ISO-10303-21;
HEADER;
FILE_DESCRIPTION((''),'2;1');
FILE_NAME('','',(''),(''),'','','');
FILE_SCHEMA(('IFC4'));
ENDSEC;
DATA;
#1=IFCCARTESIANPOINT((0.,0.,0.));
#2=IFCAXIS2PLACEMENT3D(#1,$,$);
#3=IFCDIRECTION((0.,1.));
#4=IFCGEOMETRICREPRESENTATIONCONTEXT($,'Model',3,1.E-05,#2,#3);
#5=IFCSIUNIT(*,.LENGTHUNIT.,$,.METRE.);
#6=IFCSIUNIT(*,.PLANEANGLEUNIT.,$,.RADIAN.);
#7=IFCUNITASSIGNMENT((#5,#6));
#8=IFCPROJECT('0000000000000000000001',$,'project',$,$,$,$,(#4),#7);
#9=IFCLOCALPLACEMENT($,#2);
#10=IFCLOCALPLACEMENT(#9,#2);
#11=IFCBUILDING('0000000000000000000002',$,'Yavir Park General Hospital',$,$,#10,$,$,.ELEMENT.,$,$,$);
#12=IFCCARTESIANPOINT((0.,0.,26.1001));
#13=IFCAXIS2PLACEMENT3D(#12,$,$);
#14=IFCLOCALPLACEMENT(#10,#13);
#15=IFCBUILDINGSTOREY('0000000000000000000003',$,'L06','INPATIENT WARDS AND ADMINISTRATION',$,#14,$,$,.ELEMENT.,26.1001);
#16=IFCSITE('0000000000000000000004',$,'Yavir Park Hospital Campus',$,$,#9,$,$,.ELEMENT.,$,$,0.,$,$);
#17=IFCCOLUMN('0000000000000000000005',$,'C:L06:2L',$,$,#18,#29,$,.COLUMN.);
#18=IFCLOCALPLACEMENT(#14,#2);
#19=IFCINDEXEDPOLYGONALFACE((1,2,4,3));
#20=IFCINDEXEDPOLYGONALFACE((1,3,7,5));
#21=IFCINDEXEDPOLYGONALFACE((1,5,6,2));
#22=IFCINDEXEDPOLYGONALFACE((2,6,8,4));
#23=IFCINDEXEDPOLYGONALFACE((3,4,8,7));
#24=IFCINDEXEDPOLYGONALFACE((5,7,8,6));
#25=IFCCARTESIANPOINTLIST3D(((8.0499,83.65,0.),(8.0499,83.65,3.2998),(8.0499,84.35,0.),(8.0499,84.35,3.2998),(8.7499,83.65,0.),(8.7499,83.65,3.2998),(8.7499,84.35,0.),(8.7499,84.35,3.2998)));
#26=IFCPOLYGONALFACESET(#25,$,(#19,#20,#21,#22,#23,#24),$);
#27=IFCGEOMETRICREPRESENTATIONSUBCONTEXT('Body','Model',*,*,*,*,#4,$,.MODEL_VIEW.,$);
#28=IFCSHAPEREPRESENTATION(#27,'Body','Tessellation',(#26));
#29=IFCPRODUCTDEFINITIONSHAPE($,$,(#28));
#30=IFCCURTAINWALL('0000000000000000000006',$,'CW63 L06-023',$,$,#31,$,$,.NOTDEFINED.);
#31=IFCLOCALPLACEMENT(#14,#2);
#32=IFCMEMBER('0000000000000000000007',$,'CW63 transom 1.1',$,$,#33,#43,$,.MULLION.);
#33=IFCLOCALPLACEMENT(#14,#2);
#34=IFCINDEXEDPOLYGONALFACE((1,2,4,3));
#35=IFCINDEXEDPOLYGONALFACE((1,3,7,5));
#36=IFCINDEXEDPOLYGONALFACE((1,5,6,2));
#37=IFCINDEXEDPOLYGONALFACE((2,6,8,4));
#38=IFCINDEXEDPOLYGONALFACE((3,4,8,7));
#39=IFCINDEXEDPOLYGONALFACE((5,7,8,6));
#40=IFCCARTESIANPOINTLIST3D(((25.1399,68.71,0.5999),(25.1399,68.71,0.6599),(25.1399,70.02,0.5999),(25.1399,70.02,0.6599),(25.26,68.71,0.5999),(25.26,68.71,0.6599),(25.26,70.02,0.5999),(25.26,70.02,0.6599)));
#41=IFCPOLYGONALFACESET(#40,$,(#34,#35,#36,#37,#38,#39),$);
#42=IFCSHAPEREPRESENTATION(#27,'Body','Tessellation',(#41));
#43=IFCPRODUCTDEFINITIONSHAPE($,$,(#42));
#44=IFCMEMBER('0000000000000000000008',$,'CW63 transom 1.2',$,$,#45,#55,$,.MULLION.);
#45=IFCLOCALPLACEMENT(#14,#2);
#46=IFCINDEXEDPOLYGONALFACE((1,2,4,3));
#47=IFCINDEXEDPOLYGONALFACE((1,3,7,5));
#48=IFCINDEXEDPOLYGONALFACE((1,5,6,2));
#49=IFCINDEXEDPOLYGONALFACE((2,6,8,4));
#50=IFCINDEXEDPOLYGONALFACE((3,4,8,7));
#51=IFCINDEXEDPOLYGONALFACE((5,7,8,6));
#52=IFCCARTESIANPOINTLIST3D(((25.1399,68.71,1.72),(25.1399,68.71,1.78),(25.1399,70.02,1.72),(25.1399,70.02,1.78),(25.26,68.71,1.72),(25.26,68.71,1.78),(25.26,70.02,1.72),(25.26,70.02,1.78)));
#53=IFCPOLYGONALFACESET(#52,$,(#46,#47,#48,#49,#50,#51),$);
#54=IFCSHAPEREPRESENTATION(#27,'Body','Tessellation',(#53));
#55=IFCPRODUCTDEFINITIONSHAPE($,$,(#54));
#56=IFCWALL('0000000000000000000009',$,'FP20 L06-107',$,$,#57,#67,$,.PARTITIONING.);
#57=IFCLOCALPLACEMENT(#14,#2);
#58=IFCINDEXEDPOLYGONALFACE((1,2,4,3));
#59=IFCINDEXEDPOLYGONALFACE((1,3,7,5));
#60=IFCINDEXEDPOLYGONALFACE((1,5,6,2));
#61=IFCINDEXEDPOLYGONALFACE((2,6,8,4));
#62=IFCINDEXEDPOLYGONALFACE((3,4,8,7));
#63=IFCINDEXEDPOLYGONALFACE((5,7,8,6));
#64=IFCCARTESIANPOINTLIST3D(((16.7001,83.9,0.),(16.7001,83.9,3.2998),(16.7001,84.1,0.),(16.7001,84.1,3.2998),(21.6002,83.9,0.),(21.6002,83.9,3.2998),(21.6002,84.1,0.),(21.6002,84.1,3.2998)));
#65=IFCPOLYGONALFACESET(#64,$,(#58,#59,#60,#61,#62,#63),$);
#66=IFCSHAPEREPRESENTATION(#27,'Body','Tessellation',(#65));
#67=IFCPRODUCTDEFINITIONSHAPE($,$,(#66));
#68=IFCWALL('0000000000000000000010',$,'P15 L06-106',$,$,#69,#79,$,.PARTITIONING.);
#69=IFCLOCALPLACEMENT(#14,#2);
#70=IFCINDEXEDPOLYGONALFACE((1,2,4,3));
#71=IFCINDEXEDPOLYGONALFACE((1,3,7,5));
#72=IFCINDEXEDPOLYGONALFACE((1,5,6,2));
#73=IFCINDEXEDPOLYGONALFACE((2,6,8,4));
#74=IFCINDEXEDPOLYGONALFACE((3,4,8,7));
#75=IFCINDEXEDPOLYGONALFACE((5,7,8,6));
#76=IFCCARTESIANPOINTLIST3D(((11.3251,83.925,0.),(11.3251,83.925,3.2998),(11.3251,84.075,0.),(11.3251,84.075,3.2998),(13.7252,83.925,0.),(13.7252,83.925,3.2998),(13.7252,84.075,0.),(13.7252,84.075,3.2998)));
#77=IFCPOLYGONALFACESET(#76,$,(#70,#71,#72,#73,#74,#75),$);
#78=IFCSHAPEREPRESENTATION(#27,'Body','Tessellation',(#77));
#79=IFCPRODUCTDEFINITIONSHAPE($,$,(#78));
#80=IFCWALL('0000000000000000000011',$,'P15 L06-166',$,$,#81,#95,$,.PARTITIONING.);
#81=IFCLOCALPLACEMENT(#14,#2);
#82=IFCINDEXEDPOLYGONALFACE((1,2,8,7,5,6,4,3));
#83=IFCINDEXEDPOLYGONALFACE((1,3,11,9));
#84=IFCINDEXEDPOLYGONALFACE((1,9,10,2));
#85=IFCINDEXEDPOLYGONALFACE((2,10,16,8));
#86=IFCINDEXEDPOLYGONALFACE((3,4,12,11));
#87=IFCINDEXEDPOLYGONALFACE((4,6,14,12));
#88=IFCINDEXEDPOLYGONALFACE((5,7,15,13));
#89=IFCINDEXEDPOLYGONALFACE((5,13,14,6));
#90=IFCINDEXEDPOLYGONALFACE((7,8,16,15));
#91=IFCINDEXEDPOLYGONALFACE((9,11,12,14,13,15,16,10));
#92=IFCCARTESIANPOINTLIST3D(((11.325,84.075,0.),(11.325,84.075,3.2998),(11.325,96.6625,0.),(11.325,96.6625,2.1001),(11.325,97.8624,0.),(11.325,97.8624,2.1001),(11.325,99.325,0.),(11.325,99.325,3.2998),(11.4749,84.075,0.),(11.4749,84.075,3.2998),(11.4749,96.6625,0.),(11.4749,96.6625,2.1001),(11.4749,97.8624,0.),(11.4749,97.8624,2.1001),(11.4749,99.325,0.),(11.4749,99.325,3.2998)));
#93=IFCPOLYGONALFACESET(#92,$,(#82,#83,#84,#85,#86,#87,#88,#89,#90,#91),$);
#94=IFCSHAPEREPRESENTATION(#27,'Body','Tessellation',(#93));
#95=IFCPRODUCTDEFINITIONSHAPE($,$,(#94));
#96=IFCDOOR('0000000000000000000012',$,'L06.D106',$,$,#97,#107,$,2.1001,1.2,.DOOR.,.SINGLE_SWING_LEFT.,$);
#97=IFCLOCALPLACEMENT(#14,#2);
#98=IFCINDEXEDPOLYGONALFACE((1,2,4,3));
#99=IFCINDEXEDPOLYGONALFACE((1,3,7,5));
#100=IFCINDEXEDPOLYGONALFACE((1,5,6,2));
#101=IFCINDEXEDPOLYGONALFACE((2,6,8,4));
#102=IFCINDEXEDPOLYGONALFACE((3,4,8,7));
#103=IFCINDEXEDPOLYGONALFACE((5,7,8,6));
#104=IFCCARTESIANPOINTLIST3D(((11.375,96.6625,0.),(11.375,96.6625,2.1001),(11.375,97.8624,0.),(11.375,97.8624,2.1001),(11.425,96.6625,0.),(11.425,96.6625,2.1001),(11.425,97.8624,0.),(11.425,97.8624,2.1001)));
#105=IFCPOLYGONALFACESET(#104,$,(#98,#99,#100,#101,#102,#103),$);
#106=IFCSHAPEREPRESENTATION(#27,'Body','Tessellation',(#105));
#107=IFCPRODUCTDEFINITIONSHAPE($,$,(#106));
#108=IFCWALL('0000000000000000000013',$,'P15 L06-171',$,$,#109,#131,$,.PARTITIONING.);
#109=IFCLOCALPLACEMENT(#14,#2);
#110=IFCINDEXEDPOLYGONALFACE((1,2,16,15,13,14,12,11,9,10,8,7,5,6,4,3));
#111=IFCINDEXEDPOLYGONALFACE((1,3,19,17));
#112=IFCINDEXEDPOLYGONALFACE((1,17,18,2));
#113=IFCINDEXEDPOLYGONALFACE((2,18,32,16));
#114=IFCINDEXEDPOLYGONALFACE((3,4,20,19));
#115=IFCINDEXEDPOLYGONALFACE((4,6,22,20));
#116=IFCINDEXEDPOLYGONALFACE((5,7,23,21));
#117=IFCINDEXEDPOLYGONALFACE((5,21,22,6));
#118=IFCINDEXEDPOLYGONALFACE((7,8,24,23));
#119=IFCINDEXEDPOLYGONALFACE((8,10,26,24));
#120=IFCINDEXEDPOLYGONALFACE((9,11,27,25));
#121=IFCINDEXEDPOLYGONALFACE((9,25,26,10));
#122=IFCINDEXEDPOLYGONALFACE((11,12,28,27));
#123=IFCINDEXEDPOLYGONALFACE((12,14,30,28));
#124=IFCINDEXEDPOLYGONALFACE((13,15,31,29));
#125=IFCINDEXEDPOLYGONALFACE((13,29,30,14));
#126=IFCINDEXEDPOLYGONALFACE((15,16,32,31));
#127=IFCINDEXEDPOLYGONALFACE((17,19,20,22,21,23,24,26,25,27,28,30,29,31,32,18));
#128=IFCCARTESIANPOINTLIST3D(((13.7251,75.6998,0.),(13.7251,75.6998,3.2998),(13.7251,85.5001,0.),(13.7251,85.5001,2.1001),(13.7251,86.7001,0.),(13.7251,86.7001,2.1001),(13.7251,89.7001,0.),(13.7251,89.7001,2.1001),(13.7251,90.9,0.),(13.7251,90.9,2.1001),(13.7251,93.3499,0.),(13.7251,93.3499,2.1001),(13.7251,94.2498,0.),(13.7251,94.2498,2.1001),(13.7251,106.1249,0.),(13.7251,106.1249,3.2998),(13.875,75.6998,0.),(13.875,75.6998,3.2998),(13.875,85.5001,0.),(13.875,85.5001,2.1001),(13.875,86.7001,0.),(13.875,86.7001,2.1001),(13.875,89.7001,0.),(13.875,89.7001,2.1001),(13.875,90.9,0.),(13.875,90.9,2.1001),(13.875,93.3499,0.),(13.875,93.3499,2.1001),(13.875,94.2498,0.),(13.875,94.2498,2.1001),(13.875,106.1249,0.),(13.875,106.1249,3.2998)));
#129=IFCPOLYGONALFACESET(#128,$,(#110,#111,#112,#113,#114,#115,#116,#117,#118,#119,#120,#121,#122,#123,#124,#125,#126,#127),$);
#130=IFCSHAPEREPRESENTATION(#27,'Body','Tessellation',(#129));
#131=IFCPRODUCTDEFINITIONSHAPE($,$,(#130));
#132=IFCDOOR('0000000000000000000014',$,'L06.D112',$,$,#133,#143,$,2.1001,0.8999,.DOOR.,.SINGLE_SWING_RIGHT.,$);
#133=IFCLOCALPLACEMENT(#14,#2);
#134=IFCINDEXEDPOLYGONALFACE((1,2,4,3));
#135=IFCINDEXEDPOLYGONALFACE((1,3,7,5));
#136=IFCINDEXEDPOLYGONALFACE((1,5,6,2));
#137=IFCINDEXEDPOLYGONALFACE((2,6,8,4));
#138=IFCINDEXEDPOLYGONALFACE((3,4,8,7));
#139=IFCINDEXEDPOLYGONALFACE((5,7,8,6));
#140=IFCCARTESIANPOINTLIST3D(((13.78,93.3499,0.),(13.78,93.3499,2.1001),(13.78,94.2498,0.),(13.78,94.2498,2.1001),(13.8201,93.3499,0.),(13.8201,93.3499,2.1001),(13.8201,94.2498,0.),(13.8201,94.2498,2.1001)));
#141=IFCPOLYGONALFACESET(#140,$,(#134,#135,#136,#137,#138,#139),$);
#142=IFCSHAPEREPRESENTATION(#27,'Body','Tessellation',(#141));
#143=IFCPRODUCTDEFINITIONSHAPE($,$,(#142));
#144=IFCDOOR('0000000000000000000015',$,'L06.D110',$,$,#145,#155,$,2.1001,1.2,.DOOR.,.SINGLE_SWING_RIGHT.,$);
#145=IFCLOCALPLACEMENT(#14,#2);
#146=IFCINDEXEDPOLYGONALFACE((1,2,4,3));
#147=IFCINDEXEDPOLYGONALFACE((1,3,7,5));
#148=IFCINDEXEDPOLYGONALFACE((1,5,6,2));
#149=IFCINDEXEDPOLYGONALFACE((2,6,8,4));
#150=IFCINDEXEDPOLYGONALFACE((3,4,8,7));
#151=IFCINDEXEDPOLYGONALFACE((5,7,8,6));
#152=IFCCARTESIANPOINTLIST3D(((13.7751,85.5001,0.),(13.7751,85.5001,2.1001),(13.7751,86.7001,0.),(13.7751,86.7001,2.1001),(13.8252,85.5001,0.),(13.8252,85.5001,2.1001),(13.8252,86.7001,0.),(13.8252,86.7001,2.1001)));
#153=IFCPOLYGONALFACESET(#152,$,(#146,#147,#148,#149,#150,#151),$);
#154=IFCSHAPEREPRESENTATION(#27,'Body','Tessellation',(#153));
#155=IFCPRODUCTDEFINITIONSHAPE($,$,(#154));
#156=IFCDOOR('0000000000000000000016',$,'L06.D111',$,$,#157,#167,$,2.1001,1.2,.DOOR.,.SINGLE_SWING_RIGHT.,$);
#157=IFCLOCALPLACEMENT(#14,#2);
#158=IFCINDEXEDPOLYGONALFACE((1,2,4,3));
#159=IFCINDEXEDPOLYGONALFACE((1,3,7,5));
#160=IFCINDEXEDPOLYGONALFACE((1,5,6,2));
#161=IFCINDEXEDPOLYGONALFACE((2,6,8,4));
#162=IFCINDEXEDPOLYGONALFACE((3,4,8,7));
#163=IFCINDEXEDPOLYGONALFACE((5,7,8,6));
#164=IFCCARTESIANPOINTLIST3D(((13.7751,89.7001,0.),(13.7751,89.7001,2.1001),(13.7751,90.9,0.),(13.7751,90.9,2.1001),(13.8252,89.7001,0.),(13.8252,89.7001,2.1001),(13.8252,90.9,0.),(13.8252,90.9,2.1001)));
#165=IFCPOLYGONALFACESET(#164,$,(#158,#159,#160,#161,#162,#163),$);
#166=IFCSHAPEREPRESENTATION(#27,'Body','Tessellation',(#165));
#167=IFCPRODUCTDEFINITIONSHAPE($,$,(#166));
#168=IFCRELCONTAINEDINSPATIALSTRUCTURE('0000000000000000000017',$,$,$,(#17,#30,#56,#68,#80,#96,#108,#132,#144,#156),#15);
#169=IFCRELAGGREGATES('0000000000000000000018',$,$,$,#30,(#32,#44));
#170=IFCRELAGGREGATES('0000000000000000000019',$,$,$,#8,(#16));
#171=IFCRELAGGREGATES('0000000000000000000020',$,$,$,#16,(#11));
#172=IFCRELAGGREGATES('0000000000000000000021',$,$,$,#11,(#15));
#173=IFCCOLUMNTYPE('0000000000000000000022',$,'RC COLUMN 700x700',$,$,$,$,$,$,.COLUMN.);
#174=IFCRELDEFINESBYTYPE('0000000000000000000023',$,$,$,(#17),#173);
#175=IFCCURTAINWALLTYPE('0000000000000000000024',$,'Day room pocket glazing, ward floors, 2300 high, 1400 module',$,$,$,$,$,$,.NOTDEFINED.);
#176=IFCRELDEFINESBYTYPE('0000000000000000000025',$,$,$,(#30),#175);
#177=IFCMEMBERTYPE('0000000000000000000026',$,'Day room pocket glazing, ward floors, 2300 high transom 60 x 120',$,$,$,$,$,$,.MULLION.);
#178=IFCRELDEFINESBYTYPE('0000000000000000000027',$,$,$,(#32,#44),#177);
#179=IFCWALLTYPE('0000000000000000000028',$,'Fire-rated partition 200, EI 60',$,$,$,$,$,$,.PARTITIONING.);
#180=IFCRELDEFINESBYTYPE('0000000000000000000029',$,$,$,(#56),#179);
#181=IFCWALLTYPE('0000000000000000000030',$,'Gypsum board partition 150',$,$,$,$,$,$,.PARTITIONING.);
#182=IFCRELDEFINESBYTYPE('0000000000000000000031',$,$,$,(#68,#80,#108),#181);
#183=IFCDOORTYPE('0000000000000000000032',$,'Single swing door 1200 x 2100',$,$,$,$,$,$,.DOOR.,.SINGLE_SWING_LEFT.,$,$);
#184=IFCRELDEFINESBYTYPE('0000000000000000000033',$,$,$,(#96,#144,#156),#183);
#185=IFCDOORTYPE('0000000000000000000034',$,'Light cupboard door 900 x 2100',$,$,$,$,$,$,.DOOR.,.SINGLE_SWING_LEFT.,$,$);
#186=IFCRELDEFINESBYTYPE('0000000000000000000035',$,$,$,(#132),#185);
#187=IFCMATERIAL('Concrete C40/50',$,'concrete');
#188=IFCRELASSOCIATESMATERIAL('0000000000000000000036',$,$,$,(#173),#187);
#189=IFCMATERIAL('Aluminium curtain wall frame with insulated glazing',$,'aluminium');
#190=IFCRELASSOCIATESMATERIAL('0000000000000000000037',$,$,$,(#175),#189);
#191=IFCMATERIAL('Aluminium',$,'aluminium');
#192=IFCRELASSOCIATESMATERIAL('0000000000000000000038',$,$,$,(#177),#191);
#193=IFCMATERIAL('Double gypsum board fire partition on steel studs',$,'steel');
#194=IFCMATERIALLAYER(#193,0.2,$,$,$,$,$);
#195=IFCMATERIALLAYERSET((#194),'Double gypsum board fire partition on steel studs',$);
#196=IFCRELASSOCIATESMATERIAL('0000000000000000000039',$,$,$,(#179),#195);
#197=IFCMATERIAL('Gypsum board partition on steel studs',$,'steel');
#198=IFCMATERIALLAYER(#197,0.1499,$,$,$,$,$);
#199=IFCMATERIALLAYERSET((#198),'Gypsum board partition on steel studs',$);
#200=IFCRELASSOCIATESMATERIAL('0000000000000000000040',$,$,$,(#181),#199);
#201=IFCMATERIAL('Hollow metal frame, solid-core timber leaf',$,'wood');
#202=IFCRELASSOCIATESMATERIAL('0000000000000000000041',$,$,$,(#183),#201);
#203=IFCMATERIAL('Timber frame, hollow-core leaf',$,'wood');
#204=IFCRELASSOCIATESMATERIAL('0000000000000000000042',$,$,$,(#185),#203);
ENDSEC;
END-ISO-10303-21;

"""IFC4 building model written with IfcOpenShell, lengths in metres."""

from ifc_helpers import new_model, si_unit, direction, frame, frame_2d, origin, origin_2d, place, context, subcontext, project, spatial, rectangle, extrude, material, layer, layer_set, material_profile, profile_set, type_object, element, fill, aggregate, save


model = new_model("IFC4")

# Units and contexts
model_context = context("Model", 3, precision=1e-05, world=origin(), true_north=direction((0.0, 1.0)))
body_context = subcontext(model_context, "Body", "Model", "MODEL_VIEW")
ifc_project = project(units=[si_unit("LENGTHUNIT", "METRE"), si_unit("PLANEANGLEUNIT", "RADIAN")], contexts=[model_context])

# Site, building, storey
site_placement = place(None, origin())
site = spatial("IfcSite", under=ifc_project, at=site_placement, Name="Yavir Park Hospital Campus", CompositionType="ELEMENT", RefElevation=0.0)
building_placement = place(site_placement, origin())
building = spatial("IfcBuilding", under=site, at=building_placement, Name="Yavir Park General Hospital", CompositionType="ELEMENT")
storey_placement = place(building_placement, frame((0.0, 0.0, 26.1001)))
storey = spatial("IfcBuildingStorey", under=building, at=storey_placement, Name="L06", Description="INPATIENT WARDS AND ADMINISTRATION", CompositionType="ELEMENT", Elevation=26.1001)

# Column
ifc_material_1 = material(Name="Concrete C40/50", Category="concrete")
ifc_material_profile_1 = material_profile(ifc_material_1, rectangle(XDim=0.7, YDim=0.7, at=origin_2d()), Name="RC700x700")
ifc_profile_set_1 = profile_set([ifc_material_profile_1], Name="Concrete C40/50")
column_type = type_object("IfcColumnType", Name="RC COLUMN 700x700", PredefinedType="COLUMN", material=ifc_profile_set_1)
column_placement = place(storey_placement, frame((8.3999, 84.0, 0.0), z_axis=(0.0, 0.0, 1.0), x_axis=(1.0, 0.0, 0.0)))
element("IfcColumn", 1, at=column_placement, inside=storey, type_object=column_type, Name="C:L06:2L", PredefinedType="COLUMN", context=body_context, shape_type="SweptSolid", body=[
    extrude(rectangle(XDim=0.7, YDim=0.7, at=origin_2d()), origin(), (0.0, 0.0, 1.0), 3.2998),
])

# Curtain wall, members
ifc_material_2 = material(Name="Aluminium curtain wall frame with insulated glazing", Category="aluminium")
curtain_wall_type = type_object("IfcCurtainWallType", Name="Day room pocket glazing, ward floors, 2300 high, 1400 module", PredefinedType="NOTDEFINED", material=ifc_material_2)
curtain_wall_placement = place(storey_placement, origin())
curtain_wall = element("IfcCurtainWall", 2, at=curtain_wall_placement, inside=storey, type_object=curtain_wall_type, Name="CW63 L06-023", PredefinedType="NOTDEFINED")
ifc_material_3 = material(Name="Aluminium", Category="aluminium")
ifc_material_profile_2 = material_profile(ifc_material_3, rectangle(XDim=0.1201, YDim=0.0601, at=origin_2d()), Name="AL 120x60")
ifc_profile_set_2 = profile_set([ifc_material_profile_2], Name="Aluminium")
member_type = type_object("IfcMemberType", Name="Day room pocket glazing, ward floors, 2300 high transom 60 x 120", PredefinedType="MULLION", material=ifc_profile_set_2)
member_1_placement = place(storey_placement, frame((25.2, 68.71, 0.6299), z_axis=(0.0, 1.0, 0.0), x_axis=(-1.0, 0.0, 0.0)))
member_1 = element("IfcMember", 3, at=member_1_placement, type_object=member_type, Name="CW63 transom 1.1", PredefinedType="MULLION", context=body_context, shape_type="SweptSolid", body=[
    extrude(rectangle(XDim=0.1201, YDim=0.0601, at=origin_2d()), origin(), (0.0, 0.0, 1.0), 1.3101),
])
member_2_placement = place(storey_placement, frame((25.2, 68.71, 1.75), z_axis=(0.0, 1.0, 0.0), x_axis=(-1.0, 0.0, 0.0)))
member_2 = element("IfcMember", 4, at=member_2_placement, type_object=member_type, Name="CW63 transom 1.2", PredefinedType="MULLION", context=body_context, shape_type="SweptSolid", body=[
    extrude(rectangle(XDim=0.1201, YDim=0.0601, at=origin_2d()), origin(), (0.0, 0.0, 1.0), 1.3101),
])
aggregate(curtain_wall, [member_1, member_2])

# Wall
ifc_material_4 = material(Name="Double gypsum board fire partition on steel studs", Category="steel")
ifc_layer_1 = layer(ifc_material_4, 0.2)
ifc_layer_set_1 = layer_set([ifc_layer_1], Name="Double gypsum board fire partition on steel studs")
wall_type_1 = type_object("IfcWallType", Name="Fire-rated partition 200, EI 60", PredefinedType="PARTITIONING", material=ifc_layer_set_1)
wall_1_placement = place(storey_placement, frame((16.7, 84.0, 0.0), z_axis=(0.0, 0.0, 1.0), x_axis=(1.0, 0.0, 0.0)))
element("IfcWall", 5, at=wall_1_placement, inside=storey, type_object=wall_type_1, Name="FP20 L06-107", PredefinedType="PARTITIONING", context=body_context, shape_type="SweptSolid", body=[
    extrude(rectangle(XDim=4.9001, YDim=0.2, at=frame_2d((2.4502, 0.0))), origin(), (0.0, 0.0, 1.0), 3.2998),
])

# Wall
ifc_material_5 = material(Name="Gypsum board partition on steel studs", Category="steel")
ifc_layer_2 = layer(ifc_material_5, 0.1499)
ifc_layer_set_2 = layer_set([ifc_layer_2], Name="Gypsum board partition on steel studs")
wall_type_2 = type_object("IfcWallType", Name="Gypsum board partition 150", PredefinedType="PARTITIONING", material=ifc_layer_set_2)
wall_2_placement = place(storey_placement, frame((11.325, 84.0, 0.0), z_axis=(0.0, 0.0, 1.0), x_axis=(1.0, 0.0, 0.0)))
element("IfcWall", 6, at=wall_2_placement, inside=storey, type_object=wall_type_2, Name="P15 L06-106", PredefinedType="PARTITIONING", context=body_context, shape_type="SweptSolid", body=[
    extrude(rectangle(XDim=2.4001, YDim=0.1499, at=frame_2d((1.2002, 0.0))), origin(), (0.0, 0.0, 1.0), 3.2998),
])

# Wall, opening, door
wall_3_placement = place(storey_placement, frame((11.3999, 84.075, 0.0), z_axis=(0.0, 0.0, 1.0), x_axis=(0.0, 1.0, 0.0)))
wall_3 = element("IfcWall", 7, at=wall_3_placement, inside=storey, type_object=wall_type_2, Name="P15 L06-166", PredefinedType="PARTITIONING", context=body_context, shape_type="SweptSolid", body=[
    extrude(rectangle(XDim=15.25, YDim=0.1499, at=frame_2d((7.625, 0.0))), origin(), (0.0, 0.0, 1.0), 3.2998),
])
opening_1_placement = place(wall_3_placement, frame((12.5874, 0.0, 0.0)))
opening_1 = element("IfcOpeningElement", 8, at=opening_1_placement, cuts=wall_3, PredefinedType="OPENING", context=body_context, shape_type="SweptSolid", body=[
    extrude(rectangle(XDim=1.2, YDim=2.1001, at=frame_2d((0.6001, 1.05))), frame((0.0, 0.085, 0.0), z_axis=(0.0, -1.0, 0.0), x_axis=(1.0, 0.0, 0.0)), (0.0, 0.0, 1.0), 0.1699),
])
ifc_material_6 = material(Name="Hollow metal frame, solid-core timber leaf", Category="wood")
door_type_1 = type_object("IfcDoorType", Name="Single swing door 1200 x 2100", OperationType="SINGLE_SWING_LEFT", PredefinedType="DOOR", material=ifc_material_6)
door_1_placement = place(opening_1_placement, origin())
door_1 = element("IfcDoor", 9, at=door_1_placement, inside=storey, type_object=door_type_1, Name="L06.D106", OperationType="SINGLE_SWING_LEFT", OverallHeight=2.1001, OverallWidth=1.2, PredefinedType="DOOR", context=body_context, shape_type="SweptSolid", body=[
    extrude(rectangle(XDim=1.2, YDim=2.1001, at=frame_2d((0.6001, 1.05))), frame((0.0, 0.0249, 0.0), z_axis=(0.0, -1.0, 0.0), x_axis=(1.0, 0.0, 0.0)), (0.0, 0.0, 1.0), 0.05),
])
fill(opening_1, door_1)

# Wall, openings, doors
wall_4_placement = place(storey_placement, frame((13.8, 75.7, 0.0), z_axis=(0.0, 0.0, 1.0), x_axis=(0.0, 1.0, 0.0)))
wall_4 = element("IfcWall", 10, at=wall_4_placement, inside=storey, type_object=wall_type_2, Name="P15 L06-171", PredefinedType="PARTITIONING", context=body_context, shape_type="SweptSolid", body=[
    extrude(rectangle(XDim=30.425, YDim=0.1499, at=frame_2d((15.2124, 0.0))), origin(), (0.0, 0.0, 1.0), 3.2998),
])
opening_2_placement = place(wall_4_placement, frame((9.8, 0.0, 0.0)))
opening_2 = element("IfcOpeningElement", 11, at=opening_2_placement, cuts=wall_4, PredefinedType="OPENING", context=body_context, shape_type="SweptSolid", body=[
    extrude(rectangle(XDim=1.2, YDim=2.1001, at=frame_2d((0.6001, 1.05))), frame((0.0, 0.085, 0.0), z_axis=(0.0, -1.0, 0.0), x_axis=(1.0, 0.0, 0.0)), (0.0, 0.0, 1.0), 0.1699),
])
opening_3_placement = place(wall_4_placement, frame((14.0, 0.0, 0.0)))
opening_3 = element("IfcOpeningElement", 12, at=opening_3_placement, cuts=wall_4, PredefinedType="OPENING", context=body_context, shape_type="SweptSolid", body=[
    extrude(rectangle(XDim=1.2, YDim=2.1001, at=frame_2d((0.6001, 1.05))), frame((0.0, 0.085, 0.0), z_axis=(0.0, -1.0, 0.0), x_axis=(1.0, 0.0, 0.0)), (0.0, 0.0, 1.0), 0.1699),
])
opening_4_placement = place(wall_4_placement, frame((17.6499, 0.0, 0.0)))
opening_4 = element("IfcOpeningElement", 13, at=opening_4_placement, cuts=wall_4, PredefinedType="OPENING", context=body_context, shape_type="SweptSolid", body=[
    extrude(rectangle(XDim=0.8999, YDim=2.1001, at=frame_2d((0.45, 1.05))), frame((0.0, 0.085, 0.0), z_axis=(0.0, -1.0, 0.0), x_axis=(1.0, 0.0, 0.0)), (0.0, 0.0, 1.0), 0.1699),
])
ifc_material_7 = material(Name="Timber frame, hollow-core leaf", Category="wood")
door_type_2 = type_object("IfcDoorType", Name="Light cupboard door 900 x 2100", OperationType="SINGLE_SWING_LEFT", PredefinedType="DOOR", material=ifc_material_7)
door_2_placement = place(opening_4_placement, origin())
door_2 = element("IfcDoor", 14, at=door_2_placement, inside=storey, type_object=door_type_2, Name="L06.D112", OperationType="SINGLE_SWING_RIGHT", OverallHeight=2.1001, OverallWidth=0.8999, PredefinedType="DOOR", context=body_context, shape_type="SweptSolid", body=[
    extrude(rectangle(XDim=0.8999, YDim=2.1001, at=frame_2d((0.45, 1.05))), frame((0.0, 0.02, 0.0), z_axis=(0.0, -1.0, 0.0), x_axis=(1.0, 0.0, 0.0)), (0.0, 0.0, 1.0), 0.04),
])
fill(opening_4, door_2)
door_3_placement = place(opening_2_placement, origin())
door_3 = element("IfcDoor", 15, at=door_3_placement, inside=storey, type_object=door_type_1, Name="L06.D110", OperationType="SINGLE_SWING_RIGHT", OverallHeight=2.1001, OverallWidth=1.2, PredefinedType="DOOR", context=body_context, shape_type="SweptSolid", body=[
    extrude(rectangle(XDim=1.2, YDim=2.1001, at=frame_2d((0.6001, 1.05))), frame((0.0, 0.0249, 0.0), z_axis=(0.0, -1.0, 0.0), x_axis=(1.0, 0.0, 0.0)), (0.0, 0.0, 1.0), 0.05),
])
fill(opening_2, door_3)
door_4_placement = place(opening_3_placement, origin())
door_4 = element("IfcDoor", 16, at=door_4_placement, inside=storey, type_object=door_type_1, Name="L06.D111", OperationType="SINGLE_SWING_RIGHT", OverallHeight=2.1001, OverallWidth=1.2, PredefinedType="DOOR", context=body_context, shape_type="SweptSolid", body=[
    extrude(rectangle(XDim=1.2, YDim=2.1001, at=frame_2d((0.6001, 1.05))), frame((0.0, 0.0249, 0.0), z_axis=(0.0, -1.0, 0.0), x_axis=(1.0, 0.0, 0.0)), (0.0, 0.0, 1.0), 0.05),
])
fill(opening_3, door_4)

save(model, "model.ifc")
